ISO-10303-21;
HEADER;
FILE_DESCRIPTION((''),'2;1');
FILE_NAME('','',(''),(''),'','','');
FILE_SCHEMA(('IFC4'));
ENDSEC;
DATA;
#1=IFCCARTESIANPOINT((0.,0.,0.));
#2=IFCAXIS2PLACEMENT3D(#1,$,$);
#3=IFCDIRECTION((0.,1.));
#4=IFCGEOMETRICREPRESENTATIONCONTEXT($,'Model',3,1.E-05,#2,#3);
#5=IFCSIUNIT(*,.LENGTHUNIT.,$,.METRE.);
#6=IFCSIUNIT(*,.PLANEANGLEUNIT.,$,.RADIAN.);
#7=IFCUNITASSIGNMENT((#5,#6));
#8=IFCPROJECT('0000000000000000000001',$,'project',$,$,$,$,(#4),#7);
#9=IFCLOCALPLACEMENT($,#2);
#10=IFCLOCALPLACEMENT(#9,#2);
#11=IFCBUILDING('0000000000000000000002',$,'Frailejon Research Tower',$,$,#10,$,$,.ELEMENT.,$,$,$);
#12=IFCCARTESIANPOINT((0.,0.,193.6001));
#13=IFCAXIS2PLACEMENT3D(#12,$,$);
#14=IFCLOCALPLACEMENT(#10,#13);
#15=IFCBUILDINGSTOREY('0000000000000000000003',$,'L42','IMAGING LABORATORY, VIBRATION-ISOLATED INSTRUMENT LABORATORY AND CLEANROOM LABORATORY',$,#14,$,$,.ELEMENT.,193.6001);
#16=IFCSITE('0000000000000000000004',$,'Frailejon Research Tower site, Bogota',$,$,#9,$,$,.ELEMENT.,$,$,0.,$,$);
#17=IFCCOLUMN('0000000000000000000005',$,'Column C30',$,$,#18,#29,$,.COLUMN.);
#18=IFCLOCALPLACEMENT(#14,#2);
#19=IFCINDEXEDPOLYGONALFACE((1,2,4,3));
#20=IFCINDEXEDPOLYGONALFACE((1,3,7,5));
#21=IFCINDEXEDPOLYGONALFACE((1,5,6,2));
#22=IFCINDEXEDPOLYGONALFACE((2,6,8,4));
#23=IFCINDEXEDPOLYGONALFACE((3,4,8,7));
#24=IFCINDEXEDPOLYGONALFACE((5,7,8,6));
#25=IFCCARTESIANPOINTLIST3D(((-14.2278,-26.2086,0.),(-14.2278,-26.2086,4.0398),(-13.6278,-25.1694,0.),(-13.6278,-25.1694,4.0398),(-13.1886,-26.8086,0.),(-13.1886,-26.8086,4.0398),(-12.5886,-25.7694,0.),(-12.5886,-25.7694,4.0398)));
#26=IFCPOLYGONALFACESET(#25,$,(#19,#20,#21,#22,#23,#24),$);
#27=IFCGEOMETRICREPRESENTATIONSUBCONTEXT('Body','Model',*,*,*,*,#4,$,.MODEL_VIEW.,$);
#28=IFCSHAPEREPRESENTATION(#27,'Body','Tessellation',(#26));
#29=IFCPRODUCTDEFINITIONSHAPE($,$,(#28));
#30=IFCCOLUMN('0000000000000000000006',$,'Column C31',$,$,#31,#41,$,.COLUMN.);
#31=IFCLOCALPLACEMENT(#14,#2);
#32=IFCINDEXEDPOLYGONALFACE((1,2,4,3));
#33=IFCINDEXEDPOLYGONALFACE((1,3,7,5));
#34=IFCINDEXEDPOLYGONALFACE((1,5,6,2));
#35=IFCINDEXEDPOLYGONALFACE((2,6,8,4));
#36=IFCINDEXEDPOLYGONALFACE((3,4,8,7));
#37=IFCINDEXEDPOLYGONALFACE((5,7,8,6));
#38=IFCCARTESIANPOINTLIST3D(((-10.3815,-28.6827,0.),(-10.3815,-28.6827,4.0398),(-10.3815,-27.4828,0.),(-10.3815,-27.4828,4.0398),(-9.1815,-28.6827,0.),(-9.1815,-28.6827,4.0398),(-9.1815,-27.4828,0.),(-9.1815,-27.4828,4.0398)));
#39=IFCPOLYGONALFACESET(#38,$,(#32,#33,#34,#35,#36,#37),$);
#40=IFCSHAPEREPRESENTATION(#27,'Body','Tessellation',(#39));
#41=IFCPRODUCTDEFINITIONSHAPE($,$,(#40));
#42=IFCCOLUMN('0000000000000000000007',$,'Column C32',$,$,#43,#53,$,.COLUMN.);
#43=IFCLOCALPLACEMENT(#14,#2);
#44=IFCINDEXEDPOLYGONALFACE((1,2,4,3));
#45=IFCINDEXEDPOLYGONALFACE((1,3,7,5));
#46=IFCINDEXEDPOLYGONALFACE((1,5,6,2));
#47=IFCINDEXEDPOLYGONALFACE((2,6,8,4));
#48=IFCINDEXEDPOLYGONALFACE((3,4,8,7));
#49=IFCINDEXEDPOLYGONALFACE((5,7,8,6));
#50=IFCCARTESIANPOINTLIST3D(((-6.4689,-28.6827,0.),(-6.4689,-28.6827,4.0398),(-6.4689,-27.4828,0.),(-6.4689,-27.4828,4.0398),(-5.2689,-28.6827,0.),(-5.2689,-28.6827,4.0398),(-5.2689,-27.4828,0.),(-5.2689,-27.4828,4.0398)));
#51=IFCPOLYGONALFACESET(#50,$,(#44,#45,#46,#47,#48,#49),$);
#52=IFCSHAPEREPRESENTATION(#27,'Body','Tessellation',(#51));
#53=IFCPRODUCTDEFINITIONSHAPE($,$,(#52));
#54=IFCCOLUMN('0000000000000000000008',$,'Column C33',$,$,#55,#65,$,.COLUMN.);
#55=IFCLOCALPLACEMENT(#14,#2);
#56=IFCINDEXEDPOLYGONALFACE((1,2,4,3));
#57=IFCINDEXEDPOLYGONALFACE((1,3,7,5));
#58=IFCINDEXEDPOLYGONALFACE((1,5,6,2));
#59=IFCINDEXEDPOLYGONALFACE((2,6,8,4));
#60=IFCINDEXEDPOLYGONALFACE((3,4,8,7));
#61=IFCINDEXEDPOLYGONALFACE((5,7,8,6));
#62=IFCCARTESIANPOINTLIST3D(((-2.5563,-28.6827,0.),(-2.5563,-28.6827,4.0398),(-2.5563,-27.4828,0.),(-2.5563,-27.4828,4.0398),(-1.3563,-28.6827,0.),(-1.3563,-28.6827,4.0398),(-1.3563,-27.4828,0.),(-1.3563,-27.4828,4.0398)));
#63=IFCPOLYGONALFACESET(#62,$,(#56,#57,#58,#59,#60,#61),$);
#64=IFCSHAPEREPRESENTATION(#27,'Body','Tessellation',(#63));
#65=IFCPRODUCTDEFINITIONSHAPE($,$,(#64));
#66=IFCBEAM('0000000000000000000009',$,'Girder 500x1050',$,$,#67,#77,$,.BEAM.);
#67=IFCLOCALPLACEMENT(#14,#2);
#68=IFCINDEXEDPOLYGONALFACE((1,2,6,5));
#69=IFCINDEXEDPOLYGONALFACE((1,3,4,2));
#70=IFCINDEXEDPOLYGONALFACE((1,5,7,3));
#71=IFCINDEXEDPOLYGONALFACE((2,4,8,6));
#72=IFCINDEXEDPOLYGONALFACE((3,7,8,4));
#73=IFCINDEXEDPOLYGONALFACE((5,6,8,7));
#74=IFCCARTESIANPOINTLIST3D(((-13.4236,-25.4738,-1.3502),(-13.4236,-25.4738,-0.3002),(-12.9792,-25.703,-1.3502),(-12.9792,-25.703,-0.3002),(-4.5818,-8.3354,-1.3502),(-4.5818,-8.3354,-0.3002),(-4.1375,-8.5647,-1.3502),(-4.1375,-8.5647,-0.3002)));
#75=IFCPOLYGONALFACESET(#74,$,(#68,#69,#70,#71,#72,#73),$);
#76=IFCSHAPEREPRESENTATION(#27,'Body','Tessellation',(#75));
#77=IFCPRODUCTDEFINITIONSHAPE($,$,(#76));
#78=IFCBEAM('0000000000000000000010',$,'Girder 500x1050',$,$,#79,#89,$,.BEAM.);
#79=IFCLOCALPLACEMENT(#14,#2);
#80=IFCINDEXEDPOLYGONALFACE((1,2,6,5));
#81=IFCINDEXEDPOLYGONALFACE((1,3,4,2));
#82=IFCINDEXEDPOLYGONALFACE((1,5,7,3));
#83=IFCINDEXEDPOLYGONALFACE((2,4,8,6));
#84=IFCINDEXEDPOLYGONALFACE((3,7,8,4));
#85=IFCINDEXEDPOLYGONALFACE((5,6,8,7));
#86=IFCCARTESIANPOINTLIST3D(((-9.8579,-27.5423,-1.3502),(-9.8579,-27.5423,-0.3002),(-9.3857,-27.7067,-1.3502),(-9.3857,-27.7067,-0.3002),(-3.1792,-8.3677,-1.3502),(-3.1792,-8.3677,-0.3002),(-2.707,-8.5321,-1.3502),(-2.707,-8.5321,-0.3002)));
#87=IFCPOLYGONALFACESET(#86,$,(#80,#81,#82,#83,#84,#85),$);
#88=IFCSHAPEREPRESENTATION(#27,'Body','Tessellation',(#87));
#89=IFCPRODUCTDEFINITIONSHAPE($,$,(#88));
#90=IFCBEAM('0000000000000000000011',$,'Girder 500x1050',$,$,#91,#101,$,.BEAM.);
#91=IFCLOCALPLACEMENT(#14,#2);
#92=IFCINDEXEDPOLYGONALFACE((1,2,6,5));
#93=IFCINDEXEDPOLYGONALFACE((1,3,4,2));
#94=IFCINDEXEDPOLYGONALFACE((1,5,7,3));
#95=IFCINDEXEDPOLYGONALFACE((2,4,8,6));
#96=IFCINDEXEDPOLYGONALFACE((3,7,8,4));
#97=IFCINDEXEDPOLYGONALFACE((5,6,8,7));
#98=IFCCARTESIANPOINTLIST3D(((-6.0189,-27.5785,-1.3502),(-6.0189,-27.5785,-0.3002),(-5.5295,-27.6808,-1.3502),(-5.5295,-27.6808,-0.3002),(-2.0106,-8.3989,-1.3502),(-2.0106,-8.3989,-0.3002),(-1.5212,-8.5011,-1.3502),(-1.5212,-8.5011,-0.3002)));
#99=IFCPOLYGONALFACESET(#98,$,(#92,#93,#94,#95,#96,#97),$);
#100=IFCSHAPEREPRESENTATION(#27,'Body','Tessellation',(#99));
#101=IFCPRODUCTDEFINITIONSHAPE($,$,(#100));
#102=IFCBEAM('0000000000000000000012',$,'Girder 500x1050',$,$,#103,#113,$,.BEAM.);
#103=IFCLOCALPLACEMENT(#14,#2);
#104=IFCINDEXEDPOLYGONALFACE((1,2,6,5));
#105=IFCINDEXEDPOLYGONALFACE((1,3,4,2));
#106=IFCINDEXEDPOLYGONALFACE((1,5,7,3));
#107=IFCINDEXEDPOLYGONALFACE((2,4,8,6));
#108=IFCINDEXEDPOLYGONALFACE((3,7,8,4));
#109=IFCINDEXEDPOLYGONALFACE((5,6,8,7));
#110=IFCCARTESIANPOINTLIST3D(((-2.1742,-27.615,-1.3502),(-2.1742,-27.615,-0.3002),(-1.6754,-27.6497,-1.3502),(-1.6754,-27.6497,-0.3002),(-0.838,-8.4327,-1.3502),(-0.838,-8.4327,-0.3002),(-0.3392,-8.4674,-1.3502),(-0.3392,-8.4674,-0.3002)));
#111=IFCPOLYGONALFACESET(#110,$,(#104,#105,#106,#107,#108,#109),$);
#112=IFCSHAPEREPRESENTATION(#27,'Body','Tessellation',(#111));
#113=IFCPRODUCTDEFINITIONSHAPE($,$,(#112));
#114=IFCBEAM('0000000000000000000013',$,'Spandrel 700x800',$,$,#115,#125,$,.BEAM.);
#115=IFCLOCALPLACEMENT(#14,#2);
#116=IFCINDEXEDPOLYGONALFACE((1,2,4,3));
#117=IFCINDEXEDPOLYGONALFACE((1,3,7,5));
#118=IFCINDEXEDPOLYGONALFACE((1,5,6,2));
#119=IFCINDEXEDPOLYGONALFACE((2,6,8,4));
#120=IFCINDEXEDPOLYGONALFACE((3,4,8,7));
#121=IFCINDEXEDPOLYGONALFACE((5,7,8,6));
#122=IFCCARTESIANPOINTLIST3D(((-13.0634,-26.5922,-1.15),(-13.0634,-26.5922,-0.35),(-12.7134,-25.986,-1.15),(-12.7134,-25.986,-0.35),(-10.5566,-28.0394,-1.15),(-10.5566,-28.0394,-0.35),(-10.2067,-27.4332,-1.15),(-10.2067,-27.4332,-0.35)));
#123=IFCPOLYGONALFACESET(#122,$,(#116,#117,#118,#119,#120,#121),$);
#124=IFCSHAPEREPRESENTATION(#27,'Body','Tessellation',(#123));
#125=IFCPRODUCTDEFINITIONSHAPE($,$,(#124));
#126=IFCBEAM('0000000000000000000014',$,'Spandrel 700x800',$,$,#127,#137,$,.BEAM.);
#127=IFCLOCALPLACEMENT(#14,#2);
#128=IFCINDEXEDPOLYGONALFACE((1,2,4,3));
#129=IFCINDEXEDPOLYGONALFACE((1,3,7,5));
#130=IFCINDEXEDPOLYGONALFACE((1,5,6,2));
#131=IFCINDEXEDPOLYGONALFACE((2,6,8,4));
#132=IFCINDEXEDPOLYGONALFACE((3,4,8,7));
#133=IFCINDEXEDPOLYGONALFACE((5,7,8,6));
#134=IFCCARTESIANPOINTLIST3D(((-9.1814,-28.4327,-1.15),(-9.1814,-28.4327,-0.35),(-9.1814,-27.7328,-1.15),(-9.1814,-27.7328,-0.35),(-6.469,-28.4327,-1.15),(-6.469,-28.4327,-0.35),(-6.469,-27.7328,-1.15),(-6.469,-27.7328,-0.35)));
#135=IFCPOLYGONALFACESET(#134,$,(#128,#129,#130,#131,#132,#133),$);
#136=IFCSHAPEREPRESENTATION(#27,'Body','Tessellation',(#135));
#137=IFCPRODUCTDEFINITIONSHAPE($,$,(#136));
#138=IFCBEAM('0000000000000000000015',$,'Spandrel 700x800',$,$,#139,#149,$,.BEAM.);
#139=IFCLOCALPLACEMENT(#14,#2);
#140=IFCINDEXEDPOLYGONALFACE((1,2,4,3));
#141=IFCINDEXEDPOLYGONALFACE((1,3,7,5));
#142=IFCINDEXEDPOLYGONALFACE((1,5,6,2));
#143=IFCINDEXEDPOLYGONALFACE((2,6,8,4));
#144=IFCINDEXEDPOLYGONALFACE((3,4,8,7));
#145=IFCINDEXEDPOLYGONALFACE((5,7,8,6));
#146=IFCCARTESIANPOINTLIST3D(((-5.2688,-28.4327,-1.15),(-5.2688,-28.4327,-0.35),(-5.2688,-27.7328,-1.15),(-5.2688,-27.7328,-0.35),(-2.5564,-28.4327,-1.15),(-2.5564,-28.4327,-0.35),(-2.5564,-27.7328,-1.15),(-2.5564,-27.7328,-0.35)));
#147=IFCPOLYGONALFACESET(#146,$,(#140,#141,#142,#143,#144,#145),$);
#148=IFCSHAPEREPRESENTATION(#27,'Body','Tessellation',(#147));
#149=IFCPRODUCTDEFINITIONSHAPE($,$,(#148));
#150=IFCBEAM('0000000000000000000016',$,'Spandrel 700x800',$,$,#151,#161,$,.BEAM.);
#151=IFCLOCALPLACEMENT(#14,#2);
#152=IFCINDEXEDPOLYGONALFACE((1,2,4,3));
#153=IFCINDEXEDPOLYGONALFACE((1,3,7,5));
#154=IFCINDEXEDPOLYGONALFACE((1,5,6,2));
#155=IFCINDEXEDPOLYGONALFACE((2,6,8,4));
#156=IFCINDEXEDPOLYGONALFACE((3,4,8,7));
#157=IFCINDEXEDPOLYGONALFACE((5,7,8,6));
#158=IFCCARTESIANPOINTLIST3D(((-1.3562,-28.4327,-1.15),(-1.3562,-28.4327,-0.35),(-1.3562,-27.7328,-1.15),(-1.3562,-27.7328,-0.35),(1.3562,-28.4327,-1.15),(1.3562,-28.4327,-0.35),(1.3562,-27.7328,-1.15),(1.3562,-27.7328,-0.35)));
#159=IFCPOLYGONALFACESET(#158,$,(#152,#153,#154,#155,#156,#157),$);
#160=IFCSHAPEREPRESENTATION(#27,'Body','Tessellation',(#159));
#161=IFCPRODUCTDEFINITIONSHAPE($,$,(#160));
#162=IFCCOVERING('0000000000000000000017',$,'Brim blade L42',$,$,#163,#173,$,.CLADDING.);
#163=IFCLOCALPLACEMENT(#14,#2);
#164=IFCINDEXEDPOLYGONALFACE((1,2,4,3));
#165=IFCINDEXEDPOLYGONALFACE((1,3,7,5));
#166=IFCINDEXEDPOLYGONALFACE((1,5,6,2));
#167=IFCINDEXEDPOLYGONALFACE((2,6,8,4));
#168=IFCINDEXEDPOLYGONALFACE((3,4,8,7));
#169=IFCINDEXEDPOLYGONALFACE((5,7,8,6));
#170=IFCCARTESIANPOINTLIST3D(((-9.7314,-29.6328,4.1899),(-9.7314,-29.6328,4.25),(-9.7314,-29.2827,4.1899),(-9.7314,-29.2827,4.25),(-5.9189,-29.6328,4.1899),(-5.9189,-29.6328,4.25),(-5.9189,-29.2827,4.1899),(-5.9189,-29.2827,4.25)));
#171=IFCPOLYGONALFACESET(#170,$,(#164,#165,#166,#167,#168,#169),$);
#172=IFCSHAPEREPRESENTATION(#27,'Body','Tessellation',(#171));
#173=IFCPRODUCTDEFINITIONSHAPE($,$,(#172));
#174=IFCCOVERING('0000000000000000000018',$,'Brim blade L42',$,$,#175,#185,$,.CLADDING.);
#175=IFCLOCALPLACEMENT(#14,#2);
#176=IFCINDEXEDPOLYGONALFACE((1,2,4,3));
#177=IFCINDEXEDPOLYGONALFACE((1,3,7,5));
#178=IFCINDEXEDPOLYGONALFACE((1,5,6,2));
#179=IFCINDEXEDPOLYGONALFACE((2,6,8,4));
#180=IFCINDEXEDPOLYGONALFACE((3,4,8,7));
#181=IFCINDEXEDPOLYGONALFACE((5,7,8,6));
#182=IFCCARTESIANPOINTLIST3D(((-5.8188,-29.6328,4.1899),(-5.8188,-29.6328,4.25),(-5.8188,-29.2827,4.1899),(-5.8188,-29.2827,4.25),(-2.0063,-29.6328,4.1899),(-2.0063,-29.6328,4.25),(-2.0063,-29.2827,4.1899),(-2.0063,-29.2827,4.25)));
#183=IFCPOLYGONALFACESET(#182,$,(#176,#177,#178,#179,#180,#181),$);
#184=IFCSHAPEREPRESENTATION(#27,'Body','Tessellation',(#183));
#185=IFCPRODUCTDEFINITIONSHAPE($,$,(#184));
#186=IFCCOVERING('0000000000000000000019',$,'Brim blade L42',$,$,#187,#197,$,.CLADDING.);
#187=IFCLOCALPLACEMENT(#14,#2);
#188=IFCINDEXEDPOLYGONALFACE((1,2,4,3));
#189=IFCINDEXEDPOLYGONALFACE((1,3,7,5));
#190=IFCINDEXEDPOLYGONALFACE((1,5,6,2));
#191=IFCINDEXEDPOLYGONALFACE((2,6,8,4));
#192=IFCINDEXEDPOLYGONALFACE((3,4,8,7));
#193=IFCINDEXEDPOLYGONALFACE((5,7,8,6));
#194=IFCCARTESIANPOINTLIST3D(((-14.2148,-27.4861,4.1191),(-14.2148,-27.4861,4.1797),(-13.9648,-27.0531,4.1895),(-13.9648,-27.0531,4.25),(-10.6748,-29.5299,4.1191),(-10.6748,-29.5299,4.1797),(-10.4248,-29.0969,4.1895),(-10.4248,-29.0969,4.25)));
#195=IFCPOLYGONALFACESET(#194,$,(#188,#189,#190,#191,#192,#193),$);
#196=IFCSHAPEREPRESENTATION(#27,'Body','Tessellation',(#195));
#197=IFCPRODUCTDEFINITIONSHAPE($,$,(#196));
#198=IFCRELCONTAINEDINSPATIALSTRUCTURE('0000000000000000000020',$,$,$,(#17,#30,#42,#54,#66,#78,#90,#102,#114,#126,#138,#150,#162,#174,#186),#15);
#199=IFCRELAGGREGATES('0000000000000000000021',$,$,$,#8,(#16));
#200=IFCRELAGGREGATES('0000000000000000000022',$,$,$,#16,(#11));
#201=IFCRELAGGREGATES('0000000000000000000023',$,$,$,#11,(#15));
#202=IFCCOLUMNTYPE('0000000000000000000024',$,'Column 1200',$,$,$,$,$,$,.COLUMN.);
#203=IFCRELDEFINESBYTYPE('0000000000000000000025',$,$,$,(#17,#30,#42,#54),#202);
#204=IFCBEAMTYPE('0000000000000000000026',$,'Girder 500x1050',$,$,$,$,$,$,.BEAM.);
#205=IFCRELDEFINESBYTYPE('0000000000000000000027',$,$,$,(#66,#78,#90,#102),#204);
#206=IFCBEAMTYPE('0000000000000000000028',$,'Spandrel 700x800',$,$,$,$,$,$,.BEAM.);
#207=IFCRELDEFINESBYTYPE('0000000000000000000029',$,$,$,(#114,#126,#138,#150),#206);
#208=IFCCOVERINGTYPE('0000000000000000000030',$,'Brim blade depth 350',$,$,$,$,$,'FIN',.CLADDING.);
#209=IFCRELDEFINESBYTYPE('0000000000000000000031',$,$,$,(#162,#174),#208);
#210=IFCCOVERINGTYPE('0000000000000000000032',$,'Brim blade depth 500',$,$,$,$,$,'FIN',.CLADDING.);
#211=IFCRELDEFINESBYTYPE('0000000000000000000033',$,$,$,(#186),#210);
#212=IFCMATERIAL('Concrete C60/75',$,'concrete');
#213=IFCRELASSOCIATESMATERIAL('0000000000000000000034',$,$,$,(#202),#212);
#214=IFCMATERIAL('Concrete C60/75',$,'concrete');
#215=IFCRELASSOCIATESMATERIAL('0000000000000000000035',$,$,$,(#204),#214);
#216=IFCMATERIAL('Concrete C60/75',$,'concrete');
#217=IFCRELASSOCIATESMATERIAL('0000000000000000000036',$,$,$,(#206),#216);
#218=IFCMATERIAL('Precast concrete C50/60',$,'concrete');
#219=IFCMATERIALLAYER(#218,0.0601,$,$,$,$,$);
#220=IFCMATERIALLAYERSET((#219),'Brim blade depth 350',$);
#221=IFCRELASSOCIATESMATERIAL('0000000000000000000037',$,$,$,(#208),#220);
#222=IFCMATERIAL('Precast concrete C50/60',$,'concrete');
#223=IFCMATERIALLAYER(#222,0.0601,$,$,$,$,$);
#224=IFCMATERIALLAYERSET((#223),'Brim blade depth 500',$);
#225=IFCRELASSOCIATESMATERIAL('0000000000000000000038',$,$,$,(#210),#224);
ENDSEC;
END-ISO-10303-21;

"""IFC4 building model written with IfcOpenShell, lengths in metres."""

from ifc_helpers import new_model, si_unit, direction, frame, origin, origin_2d, place, context, subcontext, project, spatial, polyline, rectangle, outline, extrude, material, layer, layer_set, material_profile, profile_set, type_object, element, save


model = new_model("IFC4")

# Units and contexts
model_context = context("Model", 3, precision=1e-05, world=origin(), true_north=direction((0.0, 1.0)))
body_context = subcontext(model_context, "Body", "Model", "MODEL_VIEW")
ifc_project = project(units=[si_unit("LENGTHUNIT", "METRE"), si_unit("PLANEANGLEUNIT", "RADIAN")], contexts=[model_context])

# Site, building, storey
site_placement = place(None, origin())
site = spatial("IfcSite", under=ifc_project, at=site_placement, Name="Frailejon Research Tower site, Bogota", CompositionType="ELEMENT", RefElevation=0.0)
building_placement = place(site_placement, origin())
building = spatial("IfcBuilding", under=site, at=building_placement, Name="Frailejon Research Tower", CompositionType="ELEMENT")
storey_placement = place(building_placement, frame((0.0, 0.0, 193.6001)))
storey = spatial("IfcBuildingStorey", under=building, at=storey_placement, Name="L42", Description="IMAGING LABORATORY, VIBRATION-ISOLATED INSTRUMENT LABORATORY AND CLEANROOM LABORATORY", CompositionType="ELEMENT", Elevation=193.6001)

# Columns
ifc_material_1 = material(Name="Concrete C60/75", Category="concrete")
ifc_material_profile_1 = material_profile(ifc_material_1, rectangle(XDim=1.2, YDim=1.2, at=origin_2d()), Name="Column 1200")
ifc_profile_set_1 = profile_set([ifc_material_profile_1], Name="Concrete C60/75")
column_type = type_object("IfcColumnType", Name="Column 1200", PredefinedType="COLUMN", material=ifc_profile_set_1)
for number, where, z_axis, x_axis, name in (
    (1, (-13.4082, -25.989, 0.0), (0.0, 0.0, 1.0), (0.866025, -0.5, 0.0), "Column C30"),
    (2, (-9.7815, -28.0828, 0.0), (0.0, 0.0, 1.0), (1.0, 0.0, 0.0), "Column C31"),
    (3, (-5.8689, -28.0828, 0.0), (0.0, 0.0, 1.0), (1.0, 0.0, 0.0), "Column C32"),
    (4, (-1.9563, -28.0828, 0.0), (0.0, 0.0, 1.0), (1.0, 0.0, 0.0), "Column C33"),
):
    element("IfcColumn", number, at=place(storey_placement, frame(where, z_axis=z_axis, x_axis=x_axis)), inside=storey, type_object=column_type, Name=name, PredefinedType="COLUMN", context=body_context, shape_type="SweptSolid", body=[
        extrude(rectangle(XDim=1.2, YDim=1.2, at=origin_2d()), origin(), (0.0, 0.0, 1.0), 4.0398),
    ])

# Beams
ifc_material_2 = material(Name="Concrete C60/75", Category="concrete")
ifc_material_profile_2 = material_profile(ifc_material_2, rectangle(XDim=0.5, YDim=1.05, at=origin_2d()), Name="Girder 500x1050")
ifc_profile_set_2 = profile_set([ifc_material_profile_2], Name="Concrete C60/75")
beam_type_1 = type_object("IfcBeamType", Name="Girder 500x1050", PredefinedType="BEAM", material=ifc_profile_set_2)
beam_1_placement = place(storey_placement, frame((-13.2014, -25.5884, -0.8252), z_axis=(0.458486, 0.888702, 0.0), x_axis=(-0.888702, 0.458486, 0.0)))
element("IfcBeam", 5, at=beam_1_placement, inside=storey, type_object=beam_type_1, Name="Girder 500x1050", PredefinedType="BEAM", context=body_context, shape_type="SweptSolid", body=[
    extrude(rectangle(XDim=0.5, YDim=1.05, at=origin_2d()), origin(), (0.0, 0.0, 1.0), 19.2847),
])
beam_2_placement = place(storey_placement, frame((-9.6218, -27.6245, -0.8252), z_axis=(0.328929, 0.944355, 0.0), x_axis=(-0.944355, 0.328929, 0.0)))
element("IfcBeam", 6, at=beam_2_placement, inside=storey, type_object=beam_type_1, Name="Girder 500x1050", PredefinedType="BEAM", context=body_context, shape_type="SweptSolid", body=[
    extrude(rectangle(XDim=0.5, YDim=1.05, at=origin_2d()), origin(), (0.0, 0.0, 1.0), 20.3044),
])
beam_3_placement = place(storey_placement, frame((-5.7742, -27.6296, -0.8252), z_axis=(0.204567, 0.978853, 0.0), x_axis=(-0.978853, 0.204567, 0.0)))
element("IfcBeam", 7, at=beam_3_placement, inside=storey, type_object=beam_type_1, Name="Girder 500x1050", PredefinedType="BEAM", context=body_context, shape_type="SweptSolid", body=[
    extrude(rectangle(XDim=0.5, YDim=1.05, at=origin_2d()), origin(), (0.0, 0.0, 1.0), 19.594),
])
beam_4_placement = place(storey_placement, frame((-1.9248, -27.6323, -0.8252), z_axis=(0.069488, 0.997583, 0.0), x_axis=(-0.997583, 0.069488, 0.0)))
element("IfcBeam", 8, at=beam_4_placement, inside=storey, type_object=beam_type_1, Name="Girder 500x1050", PredefinedType="BEAM", context=body_context, shape_type="SweptSolid", body=[
    extrude(rectangle(XDim=0.5, YDim=1.05, at=origin_2d()), origin(), (0.0, 0.0, 1.0), 19.2288),
])
ifc_material_3 = material(Name="Concrete C60/75", Category="concrete")
ifc_material_profile_3 = material_profile(ifc_material_3, rectangle(XDim=0.7, YDim=0.8, at=origin_2d()), Name="Spandrel 700x800")
ifc_profile_set_3 = profile_set([ifc_material_profile_3], Name="Concrete C60/75")
beam_type_2 = type_object("IfcBeamType", Name="Spandrel 700x800", PredefinedType="BEAM", material=ifc_profile_set_3)
beam_5_placement = place(storey_placement, frame((-12.8884, -26.2891, -0.75), z_axis=(0.866034, -0.499985, 0.0), x_axis=(0.499985, 0.866034, 0.0)))
element("IfcBeam", 9, at=beam_5_placement, inside=storey, type_object=beam_type_2, Name="Spandrel 700x800", PredefinedType="BEAM", context=body_context, shape_type="SweptSolid", body=[
    extrude(rectangle(XDim=0.7, YDim=0.8, at=origin_2d()), origin(), (0.0, 0.0, 1.0), 2.8945),
])
for number, where, z_axis, x_axis, name in (
    (10, (-9.1814, -28.0828, -0.75), (1.0, 0.0, 0.0), (0.0, 1.0, 0.0), "Spandrel 700x800"),
    (11, (-5.2688, -28.0828, -0.75), (1.0, 0.0, 0.0), (0.0, 1.0, 0.0), "Spandrel 700x800"),
    (12, (-1.3562, -28.0828, -0.75), (1.0, 0.0, 0.0), (0.0, 1.0, 0.0), "Spandrel 700x800"),
):
    element("IfcBeam", number, at=place(storey_placement, frame(where, z_axis=z_axis, x_axis=x_axis)), inside=storey, type_object=beam_type_2, Name=name, PredefinedType="BEAM", context=body_context, shape_type="SweptSolid", body=[
        extrude(rectangle(XDim=0.7, YDim=0.8, at=origin_2d()), origin(), (0.0, 0.0, 1.0), 2.7124),
    ])

# Coverings
ifc_material_4 = material(Name="Precast concrete C50/60", Category="concrete")
ifc_layer_1 = layer(ifc_material_4, 0.0601)
ifc_layer_set_1 = layer_set([ifc_layer_1], Name="Brim blade depth 350")
covering_type_1 = type_object("IfcCoveringType", Name="Brim blade depth 350", ElementType="FIN", PredefinedType="CLADDING", material=ifc_layer_set_1)
for number, where, z_axis, x_axis, name in (
    (13, (-5.9189, -29.2827, 4.25), (-1.0, 0.0, 0.0), (0.0, -1.0, 0.0), "Brim blade L42"),
    (14, (-2.0063, -29.2827, 4.25), (-1.0, 0.0, 0.0), (0.0, -1.0, 0.0), "Brim blade L42"),
):
    element("IfcCovering", number, at=place(storey_placement, frame(where, z_axis=z_axis, x_axis=x_axis)), inside=storey, type_object=covering_type_1, Name=name, PredefinedType="CLADDING", context=body_context, shape_type="SweptSolid", body=[
        extrude(outline(polyline([(0.0, -0.0601), (0.3501, -0.0601), (0.3501, 0.0), (0.0, 0.0), (0.0, -0.0601)])), origin(), (0.0, 0.0, 1.0), 3.8125),
    ])
ifc_material_5 = material(Name="Precast concrete C50/60", Category="concrete")
ifc_layer_2 = layer(ifc_material_5, 0.0601)
ifc_layer_set_2 = layer_set([ifc_layer_2], Name="Brim blade depth 500")
covering_type_2 = type_object("IfcCoveringType", Name="Brim blade depth 500", ElementType="FIN", PredefinedType="CLADDING", material=ifc_layer_set_2)
covering_1_placement = place(storey_placement, frame((-10.4248, -29.0969, 4.25), z_axis=(-0.866027, 0.499997, 0.0), x_axis=(-0.499997, -0.866027, 0.0)))
element("IfcCovering", 15, at=covering_1_placement, inside=storey, type_object=covering_type_2, Name="Brim blade L42", PredefinedType="CLADDING", context=body_context, shape_type="SweptSolid", body=[
    extrude(outline(polyline([(0.0, -0.0605), (0.5, -0.1309), (0.5, -0.0703), (0.0, 0.0), (0.0, -0.0605)])), origin(), (0.0, 0.0, 1.0), 4.0876),
])

save(model, "model.ifc")
